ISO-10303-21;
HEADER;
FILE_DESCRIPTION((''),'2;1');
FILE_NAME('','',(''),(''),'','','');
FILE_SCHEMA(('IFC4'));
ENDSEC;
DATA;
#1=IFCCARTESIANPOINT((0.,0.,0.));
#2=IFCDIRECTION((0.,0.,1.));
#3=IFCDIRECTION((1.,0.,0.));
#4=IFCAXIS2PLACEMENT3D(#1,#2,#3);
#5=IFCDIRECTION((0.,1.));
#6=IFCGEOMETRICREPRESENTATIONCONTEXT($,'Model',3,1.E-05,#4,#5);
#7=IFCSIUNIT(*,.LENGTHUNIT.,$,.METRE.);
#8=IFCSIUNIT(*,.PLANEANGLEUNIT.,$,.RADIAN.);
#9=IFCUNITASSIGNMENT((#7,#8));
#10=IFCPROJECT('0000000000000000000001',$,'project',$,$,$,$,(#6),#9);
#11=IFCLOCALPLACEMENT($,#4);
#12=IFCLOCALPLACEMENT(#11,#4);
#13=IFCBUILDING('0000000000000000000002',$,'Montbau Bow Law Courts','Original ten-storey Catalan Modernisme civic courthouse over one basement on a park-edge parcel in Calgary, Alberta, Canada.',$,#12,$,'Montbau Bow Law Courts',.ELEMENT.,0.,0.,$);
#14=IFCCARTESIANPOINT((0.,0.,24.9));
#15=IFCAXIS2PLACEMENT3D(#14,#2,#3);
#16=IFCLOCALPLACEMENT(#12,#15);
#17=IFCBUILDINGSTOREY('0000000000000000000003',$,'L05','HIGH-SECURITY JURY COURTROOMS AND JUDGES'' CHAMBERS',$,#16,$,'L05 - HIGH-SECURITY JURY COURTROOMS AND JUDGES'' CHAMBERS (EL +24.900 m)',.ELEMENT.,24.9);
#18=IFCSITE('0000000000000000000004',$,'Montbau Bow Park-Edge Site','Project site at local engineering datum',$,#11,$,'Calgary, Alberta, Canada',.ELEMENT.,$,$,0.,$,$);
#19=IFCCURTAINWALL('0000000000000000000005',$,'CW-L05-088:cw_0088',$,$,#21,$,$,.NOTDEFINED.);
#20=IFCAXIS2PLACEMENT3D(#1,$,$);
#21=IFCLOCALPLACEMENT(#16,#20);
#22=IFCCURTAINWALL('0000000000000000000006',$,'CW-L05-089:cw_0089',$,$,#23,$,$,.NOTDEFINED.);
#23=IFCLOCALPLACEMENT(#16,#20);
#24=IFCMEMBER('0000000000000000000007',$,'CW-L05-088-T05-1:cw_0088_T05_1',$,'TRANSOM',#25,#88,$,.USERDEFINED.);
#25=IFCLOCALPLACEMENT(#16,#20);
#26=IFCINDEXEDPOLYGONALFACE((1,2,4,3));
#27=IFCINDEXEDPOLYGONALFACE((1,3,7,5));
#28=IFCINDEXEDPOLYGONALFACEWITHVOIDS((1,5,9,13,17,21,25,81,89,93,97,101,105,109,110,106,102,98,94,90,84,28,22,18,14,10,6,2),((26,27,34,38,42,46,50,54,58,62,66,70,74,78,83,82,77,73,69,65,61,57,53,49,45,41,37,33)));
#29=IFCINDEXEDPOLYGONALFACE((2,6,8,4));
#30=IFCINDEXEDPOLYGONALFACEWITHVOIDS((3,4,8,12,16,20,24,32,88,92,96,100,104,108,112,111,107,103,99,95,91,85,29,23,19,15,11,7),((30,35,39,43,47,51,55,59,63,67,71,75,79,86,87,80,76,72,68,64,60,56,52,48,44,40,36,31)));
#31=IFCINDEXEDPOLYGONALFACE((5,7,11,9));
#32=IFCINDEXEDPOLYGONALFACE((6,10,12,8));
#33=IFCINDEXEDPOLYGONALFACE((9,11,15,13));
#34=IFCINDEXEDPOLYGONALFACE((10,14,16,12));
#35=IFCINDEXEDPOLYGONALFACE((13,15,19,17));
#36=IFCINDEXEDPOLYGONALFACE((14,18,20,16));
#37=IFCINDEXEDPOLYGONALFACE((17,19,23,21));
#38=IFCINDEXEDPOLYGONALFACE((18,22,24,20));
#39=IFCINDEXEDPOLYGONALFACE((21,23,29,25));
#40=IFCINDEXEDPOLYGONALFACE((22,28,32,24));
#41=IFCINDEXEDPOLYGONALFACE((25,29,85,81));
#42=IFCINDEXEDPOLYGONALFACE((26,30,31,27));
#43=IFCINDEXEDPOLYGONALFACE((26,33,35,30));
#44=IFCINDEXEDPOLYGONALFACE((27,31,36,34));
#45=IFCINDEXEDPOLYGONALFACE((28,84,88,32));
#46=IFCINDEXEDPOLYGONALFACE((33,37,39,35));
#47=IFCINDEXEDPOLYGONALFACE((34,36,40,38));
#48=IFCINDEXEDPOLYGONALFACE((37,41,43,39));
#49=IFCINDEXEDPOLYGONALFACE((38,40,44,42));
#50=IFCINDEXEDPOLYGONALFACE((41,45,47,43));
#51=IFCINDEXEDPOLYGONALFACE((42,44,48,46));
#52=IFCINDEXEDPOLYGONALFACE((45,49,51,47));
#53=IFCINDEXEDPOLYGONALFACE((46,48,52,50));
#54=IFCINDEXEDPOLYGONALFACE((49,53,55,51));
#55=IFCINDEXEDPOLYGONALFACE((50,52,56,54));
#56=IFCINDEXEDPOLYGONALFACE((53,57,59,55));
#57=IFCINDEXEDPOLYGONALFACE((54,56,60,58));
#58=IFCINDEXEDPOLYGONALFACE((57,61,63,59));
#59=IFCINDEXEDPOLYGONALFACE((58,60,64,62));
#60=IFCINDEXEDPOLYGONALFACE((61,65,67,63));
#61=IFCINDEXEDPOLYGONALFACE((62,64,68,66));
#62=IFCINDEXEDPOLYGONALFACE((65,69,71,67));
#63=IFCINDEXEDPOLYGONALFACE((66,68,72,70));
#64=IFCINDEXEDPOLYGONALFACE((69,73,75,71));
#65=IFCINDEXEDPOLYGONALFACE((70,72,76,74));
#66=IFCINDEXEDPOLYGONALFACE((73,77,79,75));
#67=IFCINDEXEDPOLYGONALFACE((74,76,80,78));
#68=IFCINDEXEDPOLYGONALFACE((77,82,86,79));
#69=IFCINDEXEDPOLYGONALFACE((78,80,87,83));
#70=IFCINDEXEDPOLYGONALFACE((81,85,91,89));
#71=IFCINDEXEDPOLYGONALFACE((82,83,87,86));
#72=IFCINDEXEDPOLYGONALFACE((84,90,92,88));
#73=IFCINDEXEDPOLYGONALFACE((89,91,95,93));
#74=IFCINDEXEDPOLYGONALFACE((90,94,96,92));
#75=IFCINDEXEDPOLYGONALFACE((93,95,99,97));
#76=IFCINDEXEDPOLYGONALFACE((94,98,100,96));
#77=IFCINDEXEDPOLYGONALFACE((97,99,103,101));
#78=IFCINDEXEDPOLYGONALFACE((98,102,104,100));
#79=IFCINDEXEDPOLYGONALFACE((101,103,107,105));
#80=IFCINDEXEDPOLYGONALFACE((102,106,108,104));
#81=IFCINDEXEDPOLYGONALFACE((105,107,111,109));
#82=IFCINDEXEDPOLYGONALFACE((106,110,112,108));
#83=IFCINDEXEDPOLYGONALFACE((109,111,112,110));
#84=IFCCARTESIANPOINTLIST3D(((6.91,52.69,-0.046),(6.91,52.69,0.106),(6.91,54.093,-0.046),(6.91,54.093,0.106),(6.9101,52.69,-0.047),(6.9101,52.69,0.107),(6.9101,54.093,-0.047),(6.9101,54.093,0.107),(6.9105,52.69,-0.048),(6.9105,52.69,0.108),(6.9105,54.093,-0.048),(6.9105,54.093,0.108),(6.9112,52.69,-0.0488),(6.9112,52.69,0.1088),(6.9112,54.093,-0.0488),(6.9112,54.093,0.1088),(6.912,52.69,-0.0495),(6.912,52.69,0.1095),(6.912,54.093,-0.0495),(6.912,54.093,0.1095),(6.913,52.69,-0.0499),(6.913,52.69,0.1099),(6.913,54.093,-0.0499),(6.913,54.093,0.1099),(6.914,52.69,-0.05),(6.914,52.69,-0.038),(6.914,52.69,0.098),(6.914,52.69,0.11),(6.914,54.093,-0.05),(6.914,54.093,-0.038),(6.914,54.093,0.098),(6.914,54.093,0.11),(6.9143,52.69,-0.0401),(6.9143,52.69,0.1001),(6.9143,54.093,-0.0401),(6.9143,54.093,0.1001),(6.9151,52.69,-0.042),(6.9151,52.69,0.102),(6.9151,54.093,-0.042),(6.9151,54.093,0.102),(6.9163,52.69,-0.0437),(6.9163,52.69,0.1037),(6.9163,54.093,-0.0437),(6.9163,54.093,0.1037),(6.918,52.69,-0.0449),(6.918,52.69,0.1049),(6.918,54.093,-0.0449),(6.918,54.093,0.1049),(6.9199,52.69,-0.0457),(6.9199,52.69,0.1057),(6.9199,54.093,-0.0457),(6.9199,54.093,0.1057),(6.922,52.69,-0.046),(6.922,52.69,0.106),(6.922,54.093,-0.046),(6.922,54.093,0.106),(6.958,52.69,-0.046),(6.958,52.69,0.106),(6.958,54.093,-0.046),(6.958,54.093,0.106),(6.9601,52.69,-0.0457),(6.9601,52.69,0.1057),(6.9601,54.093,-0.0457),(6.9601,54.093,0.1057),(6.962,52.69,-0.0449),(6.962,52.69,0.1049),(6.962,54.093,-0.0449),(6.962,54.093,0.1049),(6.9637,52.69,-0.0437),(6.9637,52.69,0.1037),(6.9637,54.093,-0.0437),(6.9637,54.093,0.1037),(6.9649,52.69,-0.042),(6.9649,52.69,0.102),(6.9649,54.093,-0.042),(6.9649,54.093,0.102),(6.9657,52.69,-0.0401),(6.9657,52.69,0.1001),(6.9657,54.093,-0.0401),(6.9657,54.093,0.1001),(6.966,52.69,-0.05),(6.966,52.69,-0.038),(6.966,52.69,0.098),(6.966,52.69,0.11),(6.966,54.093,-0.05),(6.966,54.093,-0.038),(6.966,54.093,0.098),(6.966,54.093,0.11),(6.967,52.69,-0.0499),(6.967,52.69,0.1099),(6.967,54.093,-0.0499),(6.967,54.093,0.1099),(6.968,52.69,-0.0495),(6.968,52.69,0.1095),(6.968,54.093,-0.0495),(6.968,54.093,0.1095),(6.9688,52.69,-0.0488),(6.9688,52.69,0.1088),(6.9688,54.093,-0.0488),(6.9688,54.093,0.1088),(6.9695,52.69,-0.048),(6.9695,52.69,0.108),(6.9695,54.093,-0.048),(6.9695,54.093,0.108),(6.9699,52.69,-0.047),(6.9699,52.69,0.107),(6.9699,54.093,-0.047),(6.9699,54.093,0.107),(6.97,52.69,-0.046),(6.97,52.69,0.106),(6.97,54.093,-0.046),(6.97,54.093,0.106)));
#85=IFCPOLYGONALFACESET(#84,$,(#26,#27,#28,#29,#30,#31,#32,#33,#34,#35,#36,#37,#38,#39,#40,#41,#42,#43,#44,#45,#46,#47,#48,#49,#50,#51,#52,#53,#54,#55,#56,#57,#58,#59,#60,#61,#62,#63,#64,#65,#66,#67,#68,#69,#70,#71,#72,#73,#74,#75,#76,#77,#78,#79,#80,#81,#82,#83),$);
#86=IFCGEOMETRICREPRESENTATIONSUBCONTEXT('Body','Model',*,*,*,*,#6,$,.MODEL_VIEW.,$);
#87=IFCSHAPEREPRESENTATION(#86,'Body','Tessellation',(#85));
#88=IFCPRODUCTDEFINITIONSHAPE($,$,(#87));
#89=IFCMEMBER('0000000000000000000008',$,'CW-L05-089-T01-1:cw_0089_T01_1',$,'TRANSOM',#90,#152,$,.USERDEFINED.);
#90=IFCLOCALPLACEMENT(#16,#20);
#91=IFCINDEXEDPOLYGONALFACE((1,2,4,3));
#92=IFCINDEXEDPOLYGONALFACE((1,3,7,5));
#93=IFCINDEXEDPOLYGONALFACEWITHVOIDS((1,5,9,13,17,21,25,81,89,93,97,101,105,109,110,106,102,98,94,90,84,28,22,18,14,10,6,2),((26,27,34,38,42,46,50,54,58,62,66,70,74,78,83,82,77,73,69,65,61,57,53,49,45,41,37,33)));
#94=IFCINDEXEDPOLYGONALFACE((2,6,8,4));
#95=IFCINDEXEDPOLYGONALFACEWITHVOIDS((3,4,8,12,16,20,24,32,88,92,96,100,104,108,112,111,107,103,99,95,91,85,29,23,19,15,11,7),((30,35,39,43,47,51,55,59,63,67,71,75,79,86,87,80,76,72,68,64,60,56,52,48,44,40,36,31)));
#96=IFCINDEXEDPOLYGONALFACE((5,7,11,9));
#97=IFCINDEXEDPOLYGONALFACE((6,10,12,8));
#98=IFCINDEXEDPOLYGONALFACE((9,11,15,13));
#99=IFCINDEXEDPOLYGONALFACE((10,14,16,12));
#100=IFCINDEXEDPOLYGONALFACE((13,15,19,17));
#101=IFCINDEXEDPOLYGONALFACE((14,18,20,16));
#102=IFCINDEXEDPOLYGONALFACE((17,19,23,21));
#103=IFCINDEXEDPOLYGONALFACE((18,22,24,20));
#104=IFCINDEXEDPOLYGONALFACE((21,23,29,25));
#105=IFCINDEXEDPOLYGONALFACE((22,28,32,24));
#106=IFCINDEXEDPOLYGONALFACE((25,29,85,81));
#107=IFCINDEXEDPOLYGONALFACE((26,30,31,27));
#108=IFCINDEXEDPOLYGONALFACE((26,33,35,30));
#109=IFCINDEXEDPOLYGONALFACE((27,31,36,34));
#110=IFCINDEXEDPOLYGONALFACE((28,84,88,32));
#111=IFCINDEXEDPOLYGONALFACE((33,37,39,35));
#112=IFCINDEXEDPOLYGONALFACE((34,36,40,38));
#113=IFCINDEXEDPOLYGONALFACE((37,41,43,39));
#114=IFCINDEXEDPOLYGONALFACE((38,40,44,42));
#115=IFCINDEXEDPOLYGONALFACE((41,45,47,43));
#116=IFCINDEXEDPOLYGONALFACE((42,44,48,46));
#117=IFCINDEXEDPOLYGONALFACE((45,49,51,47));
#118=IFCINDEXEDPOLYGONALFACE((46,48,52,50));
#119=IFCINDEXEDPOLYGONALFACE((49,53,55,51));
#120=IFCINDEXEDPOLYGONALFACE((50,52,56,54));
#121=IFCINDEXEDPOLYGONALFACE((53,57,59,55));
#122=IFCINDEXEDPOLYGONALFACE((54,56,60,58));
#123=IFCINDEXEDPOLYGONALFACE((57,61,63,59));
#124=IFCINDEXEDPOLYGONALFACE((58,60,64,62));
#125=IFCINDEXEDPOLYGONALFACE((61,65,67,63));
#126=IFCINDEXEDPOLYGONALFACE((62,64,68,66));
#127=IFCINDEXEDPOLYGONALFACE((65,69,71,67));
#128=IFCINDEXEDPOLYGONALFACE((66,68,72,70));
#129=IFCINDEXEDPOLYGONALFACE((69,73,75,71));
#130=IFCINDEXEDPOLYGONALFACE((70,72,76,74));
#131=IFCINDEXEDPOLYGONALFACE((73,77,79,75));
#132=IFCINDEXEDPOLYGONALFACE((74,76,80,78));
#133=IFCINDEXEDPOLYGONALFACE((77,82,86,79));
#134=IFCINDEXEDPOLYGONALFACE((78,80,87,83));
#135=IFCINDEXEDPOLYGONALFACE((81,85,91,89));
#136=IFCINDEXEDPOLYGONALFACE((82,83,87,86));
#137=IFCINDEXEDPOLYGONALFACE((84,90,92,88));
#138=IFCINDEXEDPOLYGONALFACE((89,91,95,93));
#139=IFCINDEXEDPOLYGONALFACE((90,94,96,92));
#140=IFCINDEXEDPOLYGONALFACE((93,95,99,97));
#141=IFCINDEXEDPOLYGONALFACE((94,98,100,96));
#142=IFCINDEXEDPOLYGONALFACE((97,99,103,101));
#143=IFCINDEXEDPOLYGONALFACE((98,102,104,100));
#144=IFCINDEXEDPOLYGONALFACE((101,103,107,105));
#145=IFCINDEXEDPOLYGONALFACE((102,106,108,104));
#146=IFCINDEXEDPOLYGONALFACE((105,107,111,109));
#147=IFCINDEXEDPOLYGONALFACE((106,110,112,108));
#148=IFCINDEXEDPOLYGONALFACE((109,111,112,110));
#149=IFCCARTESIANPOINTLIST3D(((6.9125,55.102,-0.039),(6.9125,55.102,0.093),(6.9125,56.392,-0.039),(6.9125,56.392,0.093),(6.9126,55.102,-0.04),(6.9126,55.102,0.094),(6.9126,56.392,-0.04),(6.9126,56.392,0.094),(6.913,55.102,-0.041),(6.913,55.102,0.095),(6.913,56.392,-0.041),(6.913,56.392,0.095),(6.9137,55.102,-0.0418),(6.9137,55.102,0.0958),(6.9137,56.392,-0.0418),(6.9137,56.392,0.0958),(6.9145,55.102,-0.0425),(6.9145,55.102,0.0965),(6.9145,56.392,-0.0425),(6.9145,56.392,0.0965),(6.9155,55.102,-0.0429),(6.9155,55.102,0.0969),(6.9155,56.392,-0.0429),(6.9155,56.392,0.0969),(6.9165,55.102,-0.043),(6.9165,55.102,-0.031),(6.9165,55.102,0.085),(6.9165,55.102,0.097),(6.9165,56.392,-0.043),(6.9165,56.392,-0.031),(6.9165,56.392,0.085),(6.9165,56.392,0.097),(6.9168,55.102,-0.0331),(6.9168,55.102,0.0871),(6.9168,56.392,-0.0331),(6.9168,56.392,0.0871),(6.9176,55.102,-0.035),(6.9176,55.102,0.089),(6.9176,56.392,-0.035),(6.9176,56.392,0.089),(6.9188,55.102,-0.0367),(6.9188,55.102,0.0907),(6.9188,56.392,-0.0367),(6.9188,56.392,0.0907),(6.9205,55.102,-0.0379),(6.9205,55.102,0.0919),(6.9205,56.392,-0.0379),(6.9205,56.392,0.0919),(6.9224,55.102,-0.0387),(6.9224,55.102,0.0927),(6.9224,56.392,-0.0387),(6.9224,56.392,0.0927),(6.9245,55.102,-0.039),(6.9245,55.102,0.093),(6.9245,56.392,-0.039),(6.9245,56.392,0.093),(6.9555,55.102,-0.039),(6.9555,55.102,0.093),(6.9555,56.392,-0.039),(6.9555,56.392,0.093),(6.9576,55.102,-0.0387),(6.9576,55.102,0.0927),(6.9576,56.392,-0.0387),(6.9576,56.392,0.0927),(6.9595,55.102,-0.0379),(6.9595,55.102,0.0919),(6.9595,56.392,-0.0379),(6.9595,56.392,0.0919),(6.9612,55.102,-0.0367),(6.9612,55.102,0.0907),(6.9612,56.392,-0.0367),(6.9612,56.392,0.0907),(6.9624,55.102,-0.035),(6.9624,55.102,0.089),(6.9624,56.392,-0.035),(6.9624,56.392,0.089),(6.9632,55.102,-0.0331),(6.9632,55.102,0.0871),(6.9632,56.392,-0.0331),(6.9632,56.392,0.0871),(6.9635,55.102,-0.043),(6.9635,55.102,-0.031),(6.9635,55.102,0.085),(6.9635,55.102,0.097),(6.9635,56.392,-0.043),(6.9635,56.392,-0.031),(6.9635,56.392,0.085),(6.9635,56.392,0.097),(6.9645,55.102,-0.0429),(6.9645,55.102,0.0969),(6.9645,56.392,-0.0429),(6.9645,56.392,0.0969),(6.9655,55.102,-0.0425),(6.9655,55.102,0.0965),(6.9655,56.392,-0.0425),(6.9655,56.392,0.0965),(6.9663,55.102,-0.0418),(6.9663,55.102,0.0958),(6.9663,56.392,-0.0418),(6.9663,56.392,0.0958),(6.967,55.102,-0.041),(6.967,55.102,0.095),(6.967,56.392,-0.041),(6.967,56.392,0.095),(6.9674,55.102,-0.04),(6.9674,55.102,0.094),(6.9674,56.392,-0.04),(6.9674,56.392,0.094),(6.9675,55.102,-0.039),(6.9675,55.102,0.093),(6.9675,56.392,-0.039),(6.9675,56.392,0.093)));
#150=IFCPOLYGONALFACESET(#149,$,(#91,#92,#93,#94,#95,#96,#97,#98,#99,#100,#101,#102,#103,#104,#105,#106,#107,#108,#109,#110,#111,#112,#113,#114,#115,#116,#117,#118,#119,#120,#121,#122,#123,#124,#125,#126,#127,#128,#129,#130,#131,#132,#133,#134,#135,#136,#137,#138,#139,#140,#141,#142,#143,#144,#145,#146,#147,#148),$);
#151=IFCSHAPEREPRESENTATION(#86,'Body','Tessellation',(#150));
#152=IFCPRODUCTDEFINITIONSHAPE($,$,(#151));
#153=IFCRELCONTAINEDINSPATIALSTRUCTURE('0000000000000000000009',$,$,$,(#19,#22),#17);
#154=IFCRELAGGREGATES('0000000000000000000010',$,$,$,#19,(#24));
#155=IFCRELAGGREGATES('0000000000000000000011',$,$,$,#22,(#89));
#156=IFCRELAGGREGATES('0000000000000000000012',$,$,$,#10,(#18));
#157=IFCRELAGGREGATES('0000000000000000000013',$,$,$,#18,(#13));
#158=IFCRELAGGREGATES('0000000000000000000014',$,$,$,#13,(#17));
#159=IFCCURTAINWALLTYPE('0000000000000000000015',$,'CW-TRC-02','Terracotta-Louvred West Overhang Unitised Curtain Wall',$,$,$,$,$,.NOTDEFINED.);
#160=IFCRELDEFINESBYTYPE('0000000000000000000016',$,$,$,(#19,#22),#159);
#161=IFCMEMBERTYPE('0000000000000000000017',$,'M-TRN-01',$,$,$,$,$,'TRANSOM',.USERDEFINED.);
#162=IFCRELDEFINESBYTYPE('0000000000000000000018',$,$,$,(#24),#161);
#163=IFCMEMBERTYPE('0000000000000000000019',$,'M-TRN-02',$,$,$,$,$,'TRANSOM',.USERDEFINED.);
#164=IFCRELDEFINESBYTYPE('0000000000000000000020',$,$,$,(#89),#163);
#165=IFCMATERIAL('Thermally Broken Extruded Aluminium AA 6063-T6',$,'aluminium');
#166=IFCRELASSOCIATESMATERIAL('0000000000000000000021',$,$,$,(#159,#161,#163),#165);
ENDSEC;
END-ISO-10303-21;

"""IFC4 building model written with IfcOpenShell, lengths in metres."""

from ifc_helpers import new_model, si_unit, direction, frame, origin_with_axes, origin_2d_with_axis, place, context, subcontext, project, spatial, hollow_rectangle, extrude, material, material_profile, profile_set, type_object, element, aggregate, save


model = new_model("IFC4")

# Units and contexts
model_context = context("Model", 3, precision=1e-05, world=origin_with_axes(), true_north=direction((0.0, 1.0)))
body_context = subcontext(model_context, "Body", "Model", "MODEL_VIEW")
ifc_project = project(units=[si_unit("LENGTHUNIT", "METRE"), si_unit("PLANEANGLEUNIT", "RADIAN")], contexts=[model_context])

# Site, building, storey
site_placement = place(None, origin_with_axes())
site = spatial("IfcSite", under=ifc_project, at=site_placement, Name="Montbau Bow Park-Edge Site", Description="Project site at local engineering datum", LongName="Calgary, Alberta, Canada", CompositionType="ELEMENT", RefElevation=0.0)
building_placement = place(site_placement, origin_with_axes())
building = spatial("IfcBuilding", under=site, at=building_placement, Name="Montbau Bow Law Courts", Description="Original ten-storey Catalan Modernisme civic courthouse over one basement on a park-edge parcel in Calgary, Alberta, Canada.", LongName="Montbau Bow Law Courts", CompositionType="ELEMENT", ElevationOfRefHeight=0.0, ElevationOfTerrain=0.0)
storey_placement = place(building_placement, frame((0.0, 0.0, 24.9), z_axis=(0.0, 0.0, 1.0), x_axis=(1.0, 0.0, 0.0)))
storey = spatial("IfcBuildingStorey", under=building, at=storey_placement, Name="L05", Description="HIGH-SECURITY JURY COURTROOMS AND JUDGES' CHAMBERS", LongName="L05 - HIGH-SECURITY JURY COURTROOMS AND JUDGES' CHAMBERS (EL +24.900 m)", CompositionType="ELEMENT", Elevation=24.9)

# Curtain walls
ifc_material_1 = material(Name="Thermally Broken Extruded Aluminium AA 6063-T6", Category="aluminium")
curtain_wall_type = type_object("IfcCurtainWallType", Name="CW-TRC-02", Description="Terracotta-Louvred West Overhang Unitised Curtain Wall", PredefinedType="NOTDEFINED", material=ifc_material_1)
curtain_wall_1_placement = place(None, frame((6.94, 46.64, 24.9), z_axis=(0.0, 0.0, 1.0), x_axis=(1.0, 0.0, 0.0)))
curtain_wall_1 = element("IfcCurtainWall", 1, at=curtain_wall_1_placement, inside=storey, type_object=curtain_wall_type, Name="CW-L05-088:cw_0088", PredefinedType="NOTDEFINED")
curtain_wall_2_placement = place(None, frame((6.94, 55.04, 24.9), z_axis=(0.0, 0.0, 1.0), x_axis=(1.0, 0.0, 0.0)))
curtain_wall_2 = element("IfcCurtainWall", 2, at=curtain_wall_2_placement, inside=storey, type_object=curtain_wall_type, Name="CW-L05-089:cw_0089", PredefinedType="NOTDEFINED")

# Members
ifc_material_profile_1 = material_profile(ifc_material_1, hollow_rectangle(XDim=0.06, YDim=0.16, WallThickness=0.004, InnerFilletRadius=0.008, OuterFilletRadius=0.004, at=origin_2d_with_axis()), Name="CWT-160X60", Category="Main", Priority=0)
ifc_profile_set_1 = profile_set([ifc_material_profile_1], Name="Thermally Broken Extruded Aluminium AA 6063-T6")
member_type_1 = type_object("IfcMemberType", Name="M-TRN-01", ElementType="TRANSOM", PredefinedType="USERDEFINED", material=ifc_profile_set_1)
member_1_placement = place(None, frame((6.94, 52.69, 24.93), z_axis=(0.0, 1.0, 0.0), x_axis=(-1.0, 0.0, 0.0)))
member_1 = element("IfcMember", 3, at=member_1_placement, type_object=member_type_1, Name="CW-L05-088-T05-1:cw_0088_T05_1", ObjectType="TRANSOM", PredefinedType="USERDEFINED", context=body_context, shape_type="SweptSolid", body=[
    extrude(hollow_rectangle(XDim=0.06, YDim=0.16, WallThickness=0.004, InnerFilletRadius=0.008, OuterFilletRadius=0.004, at=origin_2d_with_axis()), origin_with_axes(), (0.0, 0.0, 1.0), 1.403),
])
aggregate(curtain_wall_1, [member_1])
ifc_material_profile_2 = material_profile(ifc_material_1, hollow_rectangle(XDim=0.055, YDim=0.14, WallThickness=0.004, InnerFilletRadius=0.008, OuterFilletRadius=0.004, at=origin_2d_with_axis()), Name="CWT-140X55", Category="Main", Priority=0)
ifc_profile_set_2 = profile_set([ifc_material_profile_2], Name="Thermally Broken Extruded Aluminium AA 6063-T6")
member_type_2 = type_object("IfcMemberType", Name="M-TRN-02", ElementType="TRANSOM", PredefinedType="USERDEFINED", material=ifc_profile_set_2)
member_2_placement = place(None, frame((6.94, 55.102, 24.927), z_axis=(0.0, 1.0, 0.0), x_axis=(-1.0, 0.0, 0.0)))
member_2 = element("IfcMember", 4, at=member_2_placement, type_object=member_type_2, Name="CW-L05-089-T01-1:cw_0089_T01_1", ObjectType="TRANSOM", PredefinedType="USERDEFINED", context=body_context, shape_type="SweptSolid", body=[
    extrude(hollow_rectangle(XDim=0.055, YDim=0.14, WallThickness=0.004, InnerFilletRadius=0.008, OuterFilletRadius=0.004, at=origin_2d_with_axis()), origin_with_axes(), (0.0, 0.0, 1.0), 1.29),
])

aggregate(curtain_wall_2, [member_2])

save(model, "model.ifc")
